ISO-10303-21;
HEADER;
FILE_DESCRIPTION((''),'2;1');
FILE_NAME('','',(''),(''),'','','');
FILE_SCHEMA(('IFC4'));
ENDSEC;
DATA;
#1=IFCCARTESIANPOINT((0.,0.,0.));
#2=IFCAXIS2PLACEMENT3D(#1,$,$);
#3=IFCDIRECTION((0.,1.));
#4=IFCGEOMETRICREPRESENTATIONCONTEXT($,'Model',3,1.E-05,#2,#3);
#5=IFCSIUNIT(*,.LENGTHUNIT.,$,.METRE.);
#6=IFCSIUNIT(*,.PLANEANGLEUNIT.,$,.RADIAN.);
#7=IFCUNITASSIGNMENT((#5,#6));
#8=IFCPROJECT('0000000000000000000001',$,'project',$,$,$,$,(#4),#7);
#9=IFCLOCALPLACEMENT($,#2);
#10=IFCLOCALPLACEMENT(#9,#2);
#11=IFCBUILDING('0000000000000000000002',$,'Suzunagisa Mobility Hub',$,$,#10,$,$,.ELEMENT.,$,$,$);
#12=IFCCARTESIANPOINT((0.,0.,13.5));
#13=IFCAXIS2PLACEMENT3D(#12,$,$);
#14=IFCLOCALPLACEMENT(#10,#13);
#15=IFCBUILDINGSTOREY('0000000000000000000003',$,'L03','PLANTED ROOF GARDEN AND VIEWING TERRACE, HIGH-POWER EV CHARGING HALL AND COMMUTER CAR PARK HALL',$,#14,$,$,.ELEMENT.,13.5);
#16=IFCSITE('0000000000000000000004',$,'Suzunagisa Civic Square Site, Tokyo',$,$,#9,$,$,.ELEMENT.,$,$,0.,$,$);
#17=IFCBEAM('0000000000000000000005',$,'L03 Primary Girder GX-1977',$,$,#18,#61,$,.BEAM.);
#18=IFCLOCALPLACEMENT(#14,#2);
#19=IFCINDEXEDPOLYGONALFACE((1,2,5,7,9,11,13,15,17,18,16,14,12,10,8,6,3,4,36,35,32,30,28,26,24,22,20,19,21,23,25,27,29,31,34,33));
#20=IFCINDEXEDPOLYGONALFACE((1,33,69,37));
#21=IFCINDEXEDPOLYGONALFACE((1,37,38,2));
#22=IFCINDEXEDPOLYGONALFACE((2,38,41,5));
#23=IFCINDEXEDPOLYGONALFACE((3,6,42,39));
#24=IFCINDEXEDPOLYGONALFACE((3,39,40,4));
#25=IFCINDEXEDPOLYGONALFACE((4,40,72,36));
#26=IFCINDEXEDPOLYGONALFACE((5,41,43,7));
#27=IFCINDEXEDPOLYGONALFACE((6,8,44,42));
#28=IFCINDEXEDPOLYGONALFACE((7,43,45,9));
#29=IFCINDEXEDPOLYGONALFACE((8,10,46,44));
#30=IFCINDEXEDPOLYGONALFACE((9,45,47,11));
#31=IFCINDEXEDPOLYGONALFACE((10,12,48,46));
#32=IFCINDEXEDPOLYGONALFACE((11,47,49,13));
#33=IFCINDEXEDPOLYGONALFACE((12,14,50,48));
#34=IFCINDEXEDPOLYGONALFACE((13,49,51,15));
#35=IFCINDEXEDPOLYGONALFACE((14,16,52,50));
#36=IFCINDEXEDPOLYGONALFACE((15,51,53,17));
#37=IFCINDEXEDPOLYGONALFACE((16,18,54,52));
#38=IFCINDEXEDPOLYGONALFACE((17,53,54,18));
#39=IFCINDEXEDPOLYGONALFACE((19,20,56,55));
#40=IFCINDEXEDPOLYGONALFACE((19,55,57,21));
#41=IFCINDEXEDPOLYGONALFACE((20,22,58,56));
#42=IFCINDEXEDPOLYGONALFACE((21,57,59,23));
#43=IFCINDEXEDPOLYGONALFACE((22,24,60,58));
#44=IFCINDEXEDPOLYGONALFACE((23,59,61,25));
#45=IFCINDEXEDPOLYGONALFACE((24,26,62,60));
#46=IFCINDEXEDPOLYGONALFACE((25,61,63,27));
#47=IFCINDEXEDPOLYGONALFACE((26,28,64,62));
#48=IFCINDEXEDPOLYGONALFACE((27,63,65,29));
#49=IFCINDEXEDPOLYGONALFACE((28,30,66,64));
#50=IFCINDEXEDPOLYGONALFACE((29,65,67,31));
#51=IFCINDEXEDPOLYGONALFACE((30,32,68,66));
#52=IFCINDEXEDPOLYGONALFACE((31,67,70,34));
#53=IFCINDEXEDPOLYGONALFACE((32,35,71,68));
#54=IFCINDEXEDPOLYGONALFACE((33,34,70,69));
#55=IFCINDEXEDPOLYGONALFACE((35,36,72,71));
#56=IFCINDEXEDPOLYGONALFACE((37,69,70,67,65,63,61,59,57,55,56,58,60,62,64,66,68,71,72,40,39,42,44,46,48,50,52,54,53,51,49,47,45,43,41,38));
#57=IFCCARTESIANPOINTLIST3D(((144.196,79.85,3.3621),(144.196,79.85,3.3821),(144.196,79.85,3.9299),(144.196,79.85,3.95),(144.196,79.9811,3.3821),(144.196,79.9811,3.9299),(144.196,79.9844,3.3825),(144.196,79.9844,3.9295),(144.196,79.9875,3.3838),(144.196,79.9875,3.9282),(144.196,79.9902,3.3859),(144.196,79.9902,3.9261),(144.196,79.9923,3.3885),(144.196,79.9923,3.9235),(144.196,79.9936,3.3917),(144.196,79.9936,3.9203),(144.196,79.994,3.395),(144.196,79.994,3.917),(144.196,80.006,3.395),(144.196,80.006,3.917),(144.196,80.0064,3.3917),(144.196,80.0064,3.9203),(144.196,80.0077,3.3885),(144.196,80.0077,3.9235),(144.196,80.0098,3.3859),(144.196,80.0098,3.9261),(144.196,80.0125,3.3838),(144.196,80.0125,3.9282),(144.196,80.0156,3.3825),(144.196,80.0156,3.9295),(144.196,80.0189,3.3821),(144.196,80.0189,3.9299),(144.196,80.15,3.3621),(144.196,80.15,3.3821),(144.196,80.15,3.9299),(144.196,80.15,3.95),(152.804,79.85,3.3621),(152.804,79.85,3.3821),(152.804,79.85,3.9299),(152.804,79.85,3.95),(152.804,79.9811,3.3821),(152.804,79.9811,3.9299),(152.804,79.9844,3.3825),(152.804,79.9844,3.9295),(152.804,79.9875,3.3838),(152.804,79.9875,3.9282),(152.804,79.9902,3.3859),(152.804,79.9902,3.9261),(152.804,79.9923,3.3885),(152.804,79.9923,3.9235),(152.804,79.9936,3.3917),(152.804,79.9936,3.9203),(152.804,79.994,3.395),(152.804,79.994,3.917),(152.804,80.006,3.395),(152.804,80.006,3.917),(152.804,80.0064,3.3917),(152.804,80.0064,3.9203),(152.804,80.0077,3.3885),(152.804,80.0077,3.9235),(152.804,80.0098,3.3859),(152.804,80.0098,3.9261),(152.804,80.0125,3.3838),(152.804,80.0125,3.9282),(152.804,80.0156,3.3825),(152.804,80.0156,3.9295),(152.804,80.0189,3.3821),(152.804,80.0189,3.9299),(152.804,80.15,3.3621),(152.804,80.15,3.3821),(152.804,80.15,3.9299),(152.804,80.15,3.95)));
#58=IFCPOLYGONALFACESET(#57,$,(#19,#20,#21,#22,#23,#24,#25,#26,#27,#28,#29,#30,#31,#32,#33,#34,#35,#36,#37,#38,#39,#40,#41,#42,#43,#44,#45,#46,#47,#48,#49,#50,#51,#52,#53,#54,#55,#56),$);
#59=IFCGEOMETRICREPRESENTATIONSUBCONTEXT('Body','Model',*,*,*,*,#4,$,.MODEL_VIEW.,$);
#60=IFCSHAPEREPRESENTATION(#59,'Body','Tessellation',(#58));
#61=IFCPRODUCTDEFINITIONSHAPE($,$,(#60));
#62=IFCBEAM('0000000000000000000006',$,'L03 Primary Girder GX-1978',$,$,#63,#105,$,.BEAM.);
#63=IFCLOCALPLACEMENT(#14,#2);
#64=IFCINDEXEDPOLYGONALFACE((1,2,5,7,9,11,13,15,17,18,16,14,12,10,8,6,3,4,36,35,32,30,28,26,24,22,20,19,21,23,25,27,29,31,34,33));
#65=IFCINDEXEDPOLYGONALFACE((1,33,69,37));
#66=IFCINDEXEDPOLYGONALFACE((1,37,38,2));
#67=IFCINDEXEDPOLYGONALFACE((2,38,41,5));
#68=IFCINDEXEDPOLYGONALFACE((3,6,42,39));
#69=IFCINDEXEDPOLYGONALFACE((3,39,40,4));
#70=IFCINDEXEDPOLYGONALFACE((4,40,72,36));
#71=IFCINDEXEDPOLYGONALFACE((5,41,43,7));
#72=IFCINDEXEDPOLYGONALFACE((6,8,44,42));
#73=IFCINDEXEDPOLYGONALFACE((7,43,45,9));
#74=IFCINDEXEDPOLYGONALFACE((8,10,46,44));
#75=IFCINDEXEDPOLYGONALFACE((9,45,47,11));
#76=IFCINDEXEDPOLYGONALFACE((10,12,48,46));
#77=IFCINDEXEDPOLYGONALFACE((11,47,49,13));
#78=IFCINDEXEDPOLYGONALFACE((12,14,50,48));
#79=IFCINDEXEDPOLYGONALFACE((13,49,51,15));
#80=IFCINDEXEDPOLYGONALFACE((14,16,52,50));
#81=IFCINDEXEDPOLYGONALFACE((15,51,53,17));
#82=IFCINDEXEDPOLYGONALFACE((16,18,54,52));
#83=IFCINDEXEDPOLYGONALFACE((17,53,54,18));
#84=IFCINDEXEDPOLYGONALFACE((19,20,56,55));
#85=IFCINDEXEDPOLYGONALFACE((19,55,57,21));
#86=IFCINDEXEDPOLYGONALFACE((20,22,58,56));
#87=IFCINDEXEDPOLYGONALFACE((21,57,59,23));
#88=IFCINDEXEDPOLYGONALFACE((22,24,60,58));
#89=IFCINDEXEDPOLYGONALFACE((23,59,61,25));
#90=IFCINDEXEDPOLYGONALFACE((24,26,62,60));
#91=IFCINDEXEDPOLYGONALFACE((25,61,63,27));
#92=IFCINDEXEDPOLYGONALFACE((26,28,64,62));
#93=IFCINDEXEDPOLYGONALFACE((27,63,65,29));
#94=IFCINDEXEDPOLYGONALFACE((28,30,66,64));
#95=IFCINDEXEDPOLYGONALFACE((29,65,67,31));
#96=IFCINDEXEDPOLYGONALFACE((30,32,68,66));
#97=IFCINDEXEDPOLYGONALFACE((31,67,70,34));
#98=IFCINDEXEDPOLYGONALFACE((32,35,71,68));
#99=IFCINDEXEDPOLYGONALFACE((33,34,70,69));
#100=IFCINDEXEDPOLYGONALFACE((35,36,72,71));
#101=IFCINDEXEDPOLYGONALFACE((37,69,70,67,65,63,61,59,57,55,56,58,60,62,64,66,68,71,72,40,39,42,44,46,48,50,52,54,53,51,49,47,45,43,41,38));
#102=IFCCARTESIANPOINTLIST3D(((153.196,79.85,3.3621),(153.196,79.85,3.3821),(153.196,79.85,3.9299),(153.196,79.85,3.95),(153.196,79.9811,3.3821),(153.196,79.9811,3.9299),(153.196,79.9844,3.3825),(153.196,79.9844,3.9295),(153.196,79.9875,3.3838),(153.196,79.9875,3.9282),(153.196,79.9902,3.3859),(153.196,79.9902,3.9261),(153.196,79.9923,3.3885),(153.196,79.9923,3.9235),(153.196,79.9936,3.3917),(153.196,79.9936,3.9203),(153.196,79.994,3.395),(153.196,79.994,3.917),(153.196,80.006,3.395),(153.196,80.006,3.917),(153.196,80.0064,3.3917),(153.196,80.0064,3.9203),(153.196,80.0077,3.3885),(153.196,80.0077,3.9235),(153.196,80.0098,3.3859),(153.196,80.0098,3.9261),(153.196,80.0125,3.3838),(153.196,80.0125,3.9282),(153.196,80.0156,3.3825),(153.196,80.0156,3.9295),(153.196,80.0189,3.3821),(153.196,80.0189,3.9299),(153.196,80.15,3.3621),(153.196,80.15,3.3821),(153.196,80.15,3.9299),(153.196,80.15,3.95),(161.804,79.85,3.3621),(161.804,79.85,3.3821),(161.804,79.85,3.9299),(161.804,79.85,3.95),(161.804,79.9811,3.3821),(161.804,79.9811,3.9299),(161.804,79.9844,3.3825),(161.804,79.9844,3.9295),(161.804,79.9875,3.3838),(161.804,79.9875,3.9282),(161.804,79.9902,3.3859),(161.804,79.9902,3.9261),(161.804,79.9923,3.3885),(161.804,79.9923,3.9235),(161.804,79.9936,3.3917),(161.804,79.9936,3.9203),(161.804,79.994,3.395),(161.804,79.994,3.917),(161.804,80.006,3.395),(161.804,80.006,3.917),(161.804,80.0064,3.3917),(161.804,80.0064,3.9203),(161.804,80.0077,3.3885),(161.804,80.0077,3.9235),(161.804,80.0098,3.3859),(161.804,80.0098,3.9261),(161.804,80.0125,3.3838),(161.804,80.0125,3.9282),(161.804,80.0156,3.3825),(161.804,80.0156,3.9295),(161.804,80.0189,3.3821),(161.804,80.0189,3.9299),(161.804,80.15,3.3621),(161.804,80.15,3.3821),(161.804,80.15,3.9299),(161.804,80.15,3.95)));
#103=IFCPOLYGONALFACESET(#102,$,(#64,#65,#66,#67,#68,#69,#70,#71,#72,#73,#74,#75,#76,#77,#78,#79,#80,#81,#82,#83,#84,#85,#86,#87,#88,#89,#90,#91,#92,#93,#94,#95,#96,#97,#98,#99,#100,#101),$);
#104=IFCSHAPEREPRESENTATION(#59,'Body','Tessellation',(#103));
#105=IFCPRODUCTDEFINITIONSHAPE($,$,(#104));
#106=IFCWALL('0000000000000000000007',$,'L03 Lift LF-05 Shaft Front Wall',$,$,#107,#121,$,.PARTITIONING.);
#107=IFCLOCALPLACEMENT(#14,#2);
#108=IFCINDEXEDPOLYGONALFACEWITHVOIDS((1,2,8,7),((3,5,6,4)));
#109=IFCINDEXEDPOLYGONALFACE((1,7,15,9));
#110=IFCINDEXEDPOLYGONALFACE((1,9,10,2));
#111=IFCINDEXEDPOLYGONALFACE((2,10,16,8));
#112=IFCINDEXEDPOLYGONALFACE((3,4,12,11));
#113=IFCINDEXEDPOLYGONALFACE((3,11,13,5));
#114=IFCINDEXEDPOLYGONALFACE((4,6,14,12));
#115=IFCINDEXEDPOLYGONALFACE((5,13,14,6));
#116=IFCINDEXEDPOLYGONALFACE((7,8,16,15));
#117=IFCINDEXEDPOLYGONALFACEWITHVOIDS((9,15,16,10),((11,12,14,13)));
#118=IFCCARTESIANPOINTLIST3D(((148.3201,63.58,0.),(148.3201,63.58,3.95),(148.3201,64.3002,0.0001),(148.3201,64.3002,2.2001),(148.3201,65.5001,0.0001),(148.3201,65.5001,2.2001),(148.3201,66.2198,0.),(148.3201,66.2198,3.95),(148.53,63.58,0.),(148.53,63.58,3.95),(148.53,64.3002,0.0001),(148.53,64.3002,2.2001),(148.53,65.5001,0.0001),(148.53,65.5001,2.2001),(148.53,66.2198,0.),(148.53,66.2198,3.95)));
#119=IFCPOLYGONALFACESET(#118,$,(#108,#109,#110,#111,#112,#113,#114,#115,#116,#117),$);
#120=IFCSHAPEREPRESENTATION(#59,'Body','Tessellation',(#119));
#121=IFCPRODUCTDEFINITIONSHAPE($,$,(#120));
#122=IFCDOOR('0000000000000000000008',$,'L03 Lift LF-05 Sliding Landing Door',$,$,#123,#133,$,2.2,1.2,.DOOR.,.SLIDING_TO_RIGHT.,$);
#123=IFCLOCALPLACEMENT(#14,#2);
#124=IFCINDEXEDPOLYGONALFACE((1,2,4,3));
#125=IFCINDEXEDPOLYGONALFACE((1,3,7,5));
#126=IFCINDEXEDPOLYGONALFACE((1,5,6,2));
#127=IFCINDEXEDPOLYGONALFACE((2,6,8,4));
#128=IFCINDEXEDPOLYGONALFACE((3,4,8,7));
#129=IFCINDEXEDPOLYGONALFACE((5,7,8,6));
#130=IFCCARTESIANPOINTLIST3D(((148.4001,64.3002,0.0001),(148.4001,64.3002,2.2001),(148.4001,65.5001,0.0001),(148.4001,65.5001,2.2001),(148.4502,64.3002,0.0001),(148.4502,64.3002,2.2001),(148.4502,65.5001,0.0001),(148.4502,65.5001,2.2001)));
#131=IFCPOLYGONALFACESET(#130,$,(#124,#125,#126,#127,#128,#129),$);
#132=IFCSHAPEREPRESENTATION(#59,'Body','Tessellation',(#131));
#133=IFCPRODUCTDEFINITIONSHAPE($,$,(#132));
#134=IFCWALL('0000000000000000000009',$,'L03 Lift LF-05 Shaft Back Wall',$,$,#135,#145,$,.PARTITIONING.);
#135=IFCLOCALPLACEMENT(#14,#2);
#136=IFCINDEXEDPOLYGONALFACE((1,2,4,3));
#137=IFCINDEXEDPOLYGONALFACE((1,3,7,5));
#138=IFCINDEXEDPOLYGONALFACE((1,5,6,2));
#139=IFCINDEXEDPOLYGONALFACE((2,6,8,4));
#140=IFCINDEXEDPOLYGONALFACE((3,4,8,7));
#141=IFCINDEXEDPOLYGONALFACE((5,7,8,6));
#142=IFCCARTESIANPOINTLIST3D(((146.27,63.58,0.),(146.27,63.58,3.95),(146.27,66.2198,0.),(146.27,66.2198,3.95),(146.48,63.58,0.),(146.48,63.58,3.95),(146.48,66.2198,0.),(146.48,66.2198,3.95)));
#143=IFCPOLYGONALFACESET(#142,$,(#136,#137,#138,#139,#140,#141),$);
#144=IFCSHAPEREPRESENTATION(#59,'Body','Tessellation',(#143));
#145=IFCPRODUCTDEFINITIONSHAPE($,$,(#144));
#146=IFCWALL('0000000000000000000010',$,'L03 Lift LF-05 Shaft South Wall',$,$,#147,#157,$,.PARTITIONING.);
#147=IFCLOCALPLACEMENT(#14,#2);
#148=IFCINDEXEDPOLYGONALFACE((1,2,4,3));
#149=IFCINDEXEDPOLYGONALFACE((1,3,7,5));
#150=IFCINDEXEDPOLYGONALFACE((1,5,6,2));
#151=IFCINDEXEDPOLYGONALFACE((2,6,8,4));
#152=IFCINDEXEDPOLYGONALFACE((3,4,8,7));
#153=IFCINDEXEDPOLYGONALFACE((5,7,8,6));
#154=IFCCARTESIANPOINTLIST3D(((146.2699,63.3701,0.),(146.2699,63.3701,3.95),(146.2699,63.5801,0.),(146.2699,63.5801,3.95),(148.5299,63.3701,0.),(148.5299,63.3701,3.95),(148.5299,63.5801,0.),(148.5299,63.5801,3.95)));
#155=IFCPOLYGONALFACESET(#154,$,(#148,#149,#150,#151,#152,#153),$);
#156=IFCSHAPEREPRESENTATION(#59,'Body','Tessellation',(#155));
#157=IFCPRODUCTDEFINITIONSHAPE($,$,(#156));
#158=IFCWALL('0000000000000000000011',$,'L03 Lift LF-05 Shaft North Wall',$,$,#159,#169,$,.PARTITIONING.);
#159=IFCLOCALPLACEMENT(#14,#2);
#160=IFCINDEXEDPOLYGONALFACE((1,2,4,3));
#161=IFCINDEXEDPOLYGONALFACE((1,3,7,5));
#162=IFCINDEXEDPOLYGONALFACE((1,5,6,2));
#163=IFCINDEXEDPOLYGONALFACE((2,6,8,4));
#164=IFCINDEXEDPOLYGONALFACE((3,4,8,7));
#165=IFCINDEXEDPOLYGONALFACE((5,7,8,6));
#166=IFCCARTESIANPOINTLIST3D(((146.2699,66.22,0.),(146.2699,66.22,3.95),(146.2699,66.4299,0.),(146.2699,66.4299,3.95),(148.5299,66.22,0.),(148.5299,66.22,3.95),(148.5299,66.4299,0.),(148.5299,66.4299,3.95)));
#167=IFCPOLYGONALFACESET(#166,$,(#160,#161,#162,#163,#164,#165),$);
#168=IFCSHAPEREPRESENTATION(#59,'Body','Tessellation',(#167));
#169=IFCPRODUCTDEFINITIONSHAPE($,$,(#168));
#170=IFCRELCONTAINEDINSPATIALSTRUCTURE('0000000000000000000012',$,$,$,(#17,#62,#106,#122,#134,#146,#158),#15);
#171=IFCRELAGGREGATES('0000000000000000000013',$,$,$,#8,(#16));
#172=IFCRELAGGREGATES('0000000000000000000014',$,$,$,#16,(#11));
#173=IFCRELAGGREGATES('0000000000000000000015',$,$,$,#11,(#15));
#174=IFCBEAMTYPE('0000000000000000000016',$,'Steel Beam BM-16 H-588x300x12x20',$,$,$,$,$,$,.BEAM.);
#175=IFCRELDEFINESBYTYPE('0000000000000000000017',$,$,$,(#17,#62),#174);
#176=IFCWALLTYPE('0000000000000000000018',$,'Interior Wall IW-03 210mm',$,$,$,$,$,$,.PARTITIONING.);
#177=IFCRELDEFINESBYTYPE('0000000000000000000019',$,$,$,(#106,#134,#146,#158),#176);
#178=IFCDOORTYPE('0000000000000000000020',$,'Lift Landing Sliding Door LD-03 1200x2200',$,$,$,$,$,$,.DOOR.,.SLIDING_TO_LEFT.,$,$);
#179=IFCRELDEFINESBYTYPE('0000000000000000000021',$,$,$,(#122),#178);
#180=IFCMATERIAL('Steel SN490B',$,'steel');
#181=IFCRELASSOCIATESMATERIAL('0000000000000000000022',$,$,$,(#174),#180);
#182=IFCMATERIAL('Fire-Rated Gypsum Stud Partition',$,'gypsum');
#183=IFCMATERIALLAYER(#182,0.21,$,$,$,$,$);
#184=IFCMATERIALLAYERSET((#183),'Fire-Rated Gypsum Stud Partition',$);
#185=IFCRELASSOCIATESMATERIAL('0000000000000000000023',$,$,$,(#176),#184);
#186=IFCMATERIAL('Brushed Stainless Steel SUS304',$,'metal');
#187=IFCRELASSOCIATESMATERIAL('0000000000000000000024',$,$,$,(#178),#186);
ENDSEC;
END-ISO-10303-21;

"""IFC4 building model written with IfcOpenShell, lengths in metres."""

from ifc_helpers import new_model, si_unit, direction, frame, frame_2d, origin, origin_2d, place, context, subcontext, project, spatial, rectangle, i_section, extrude, material, layer, layer_set, material_profile, profile_set, type_object, element, fill, save


model = new_model("IFC4")

# Units and contexts
model_context = context("Model", 3, precision=1e-05, world=origin(), true_north=direction((0.0, 1.0)))
body_context = subcontext(model_context, "Body", "Model", "MODEL_VIEW")
ifc_project = project(units=[si_unit("LENGTHUNIT", "METRE"), si_unit("PLANEANGLEUNIT", "RADIAN")], contexts=[model_context])

# Site, building, storey
site_placement = place(None, origin())
site = spatial("IfcSite", under=ifc_project, at=site_placement, Name="Suzunagisa Civic Square Site, Tokyo", CompositionType="ELEMENT", RefElevation=0.0)
building_placement = place(site_placement, origin())
building = spatial("IfcBuilding", under=site, at=building_placement, Name="Suzunagisa Mobility Hub", CompositionType="ELEMENT")
storey_placement = place(building_placement, frame((0.0, 0.0, 13.5)))
storey = spatial("IfcBuildingStorey", under=building, at=storey_placement, Name="L03", Description="PLANTED ROOF GARDEN AND VIEWING TERRACE, HIGH-POWER EV CHARGING HALL AND COMMUTER CAR PARK HALL", CompositionType="ELEMENT", Elevation=13.5)

# Shared definitions
ifc_material_1 = material(Name="Steel SN490B", Category="steel")

# Beams
ifc_material_profile_1 = material_profile(ifc_material_1, i_section(OverallWidth=0.3, OverallDepth=0.5879, WebThickness=0.012, FlangeThickness=0.02, FilletRadius=0.0129, at=origin_2d()), Name="H-588x300x12x20")
ifc_profile_set_1 = profile_set([ifc_material_profile_1], Name="Steel SN490B")
beam_type_1 = type_object("IfcBeamType", Name="Steel Beam BM-16 H-588x300x12x20", PredefinedType="BEAM", material=ifc_profile_set_1)
for number, where, z_axis, x_axis, name in (
    (1, (144.196, 80.0, 3.656), (1.0, 0.0, 0.0), (0.0, 1.0, 0.0), "L03 Primary Girder GX-1977"),
    (2, (153.196, 80.0, 3.656), (1.0, 0.0, 0.0), (0.0, 1.0, 0.0), "L03 Primary Girder GX-1978"),
):
    element("IfcBeam", number, at=place(storey_placement, frame(where, z_axis=z_axis, x_axis=x_axis)), inside=storey, type_object=beam_type_1, Name=name, PredefinedType="BEAM", context=body_context, shape_type="SweptSolid", body=[
        extrude(i_section(OverallWidth=0.3, OverallDepth=0.5879, WebThickness=0.012, FlangeThickness=0.02, FilletRadius=0.0129, at=origin_2d()), origin(), (0.0, 0.0, 1.0), 8.6079),
    ])

# Wall, opening, door
ifc_material_2 = material(Name="Fire-Rated Gypsum Stud Partition", Category="gypsum")
ifc_layer = layer(ifc_material_2, 0.21)
ifc_layer_set = layer_set([ifc_layer], Name="Fire-Rated Gypsum Stud Partition")
wall_type = type_object("IfcWallType", Name="Interior Wall IW-03 210mm", PredefinedType="PARTITIONING", material=ifc_layer_set)
wall_1_placement = place(storey_placement, frame((148.425, 63.5801, 0.0), z_axis=(0.0, 0.0, 1.0), x_axis=(0.0, 1.0, 0.0)))
wall_1 = element("IfcWall", 3, at=wall_1_placement, inside=storey, type_object=wall_type, Name="L03 Lift LF-05 Shaft Front Wall", PredefinedType="PARTITIONING", context=body_context, shape_type="SweptSolid", body=[
    extrude(rectangle(XDim=2.6399, YDim=0.21, at=frame_2d((1.3198, 0.0))), origin(), (0.0, 0.0, 1.0), 3.95),
])
opening_1_placement = place(wall_1_placement, frame((0.72, 0.0, 0.0)))
opening_1 = element("IfcOpeningElement", 4, at=opening_1_placement, cuts=wall_1, PredefinedType="OPENING", context=body_context, shape_type="SweptSolid", body=[
    extrude(rectangle(XDim=1.2, YDim=2.2, at=frame_2d((0.6001, 1.1001))), frame((0.0, 0.116, 0.0), z_axis=(0.0, -1.0, 0.0), x_axis=(1.0, 0.0, 0.0)), (0.0, 0.0, 1.0), 0.2319),
])
ifc_material_3 = material(Name="Brushed Stainless Steel SUS304", Category="metal")
door_type_1 = type_object("IfcDoorType", Name="Lift Landing Sliding Door LD-03 1200x2200", OperationType="SLIDING_TO_LEFT", PredefinedType="DOOR", material=ifc_material_3)
door_1_placement = place(opening_1_placement, origin())
door_1 = element("IfcDoor", 5, at=door_1_placement, inside=storey, type_object=door_type_1, Name="L03 Lift LF-05 Sliding Landing Door", OperationType="SLIDING_TO_RIGHT", OverallHeight=2.2, OverallWidth=1.2, PredefinedType="DOOR", context=body_context, shape_type="SweptSolid", body=[
    extrude(rectangle(XDim=1.2, YDim=2.2, at=frame_2d((0.6001, 1.1001))), frame((0.0, 0.0249, 0.0), z_axis=(0.0, -1.0, 0.0), x_axis=(1.0, 0.0, 0.0)), (0.0, 0.0, 1.0), 0.05),
])
fill(opening_1, door_1)

# Walls
wall_2_placement = place(storey_placement, frame((146.375, 63.5801, 0.0), z_axis=(0.0, 0.0, 1.0), x_axis=(0.0, 1.0, 0.0)))
element("IfcWall", 6, at=wall_2_placement, inside=storey, type_object=wall_type, Name="L03 Lift LF-05 Shaft Back Wall", PredefinedType="PARTITIONING", context=body_context, shape_type="SweptSolid", body=[
    extrude(rectangle(XDim=2.6399, YDim=0.21, at=frame_2d((1.3198, 0.0))), origin(), (0.0, 0.0, 1.0), 3.95),
])
for number, where, z_axis, x_axis, name in (
    (7, (146.27, 63.4751, 0.0), (0.0, 0.0, 1.0), (1.0, 0.0, 0.0), "L03 Lift LF-05 Shaft South Wall"),
    (8, (146.27, 66.325, 0.0), (0.0, 0.0, 1.0), (1.0, 0.0, 0.0), "L03 Lift LF-05 Shaft North Wall"),
):
    element("IfcWall", number, at=place(storey_placement, frame(where, z_axis=z_axis, x_axis=x_axis)), inside=storey, type_object=wall_type, Name=name, PredefinedType="PARTITIONING", context=body_context, shape_type="SweptSolid", body=[
        extrude(rectangle(XDim=2.26, YDim=0.21, at=frame_2d((1.1299, 0.0))), origin(), (0.0, 0.0, 1.0), 3.95),
    ])

save(model, "model.ifc")
